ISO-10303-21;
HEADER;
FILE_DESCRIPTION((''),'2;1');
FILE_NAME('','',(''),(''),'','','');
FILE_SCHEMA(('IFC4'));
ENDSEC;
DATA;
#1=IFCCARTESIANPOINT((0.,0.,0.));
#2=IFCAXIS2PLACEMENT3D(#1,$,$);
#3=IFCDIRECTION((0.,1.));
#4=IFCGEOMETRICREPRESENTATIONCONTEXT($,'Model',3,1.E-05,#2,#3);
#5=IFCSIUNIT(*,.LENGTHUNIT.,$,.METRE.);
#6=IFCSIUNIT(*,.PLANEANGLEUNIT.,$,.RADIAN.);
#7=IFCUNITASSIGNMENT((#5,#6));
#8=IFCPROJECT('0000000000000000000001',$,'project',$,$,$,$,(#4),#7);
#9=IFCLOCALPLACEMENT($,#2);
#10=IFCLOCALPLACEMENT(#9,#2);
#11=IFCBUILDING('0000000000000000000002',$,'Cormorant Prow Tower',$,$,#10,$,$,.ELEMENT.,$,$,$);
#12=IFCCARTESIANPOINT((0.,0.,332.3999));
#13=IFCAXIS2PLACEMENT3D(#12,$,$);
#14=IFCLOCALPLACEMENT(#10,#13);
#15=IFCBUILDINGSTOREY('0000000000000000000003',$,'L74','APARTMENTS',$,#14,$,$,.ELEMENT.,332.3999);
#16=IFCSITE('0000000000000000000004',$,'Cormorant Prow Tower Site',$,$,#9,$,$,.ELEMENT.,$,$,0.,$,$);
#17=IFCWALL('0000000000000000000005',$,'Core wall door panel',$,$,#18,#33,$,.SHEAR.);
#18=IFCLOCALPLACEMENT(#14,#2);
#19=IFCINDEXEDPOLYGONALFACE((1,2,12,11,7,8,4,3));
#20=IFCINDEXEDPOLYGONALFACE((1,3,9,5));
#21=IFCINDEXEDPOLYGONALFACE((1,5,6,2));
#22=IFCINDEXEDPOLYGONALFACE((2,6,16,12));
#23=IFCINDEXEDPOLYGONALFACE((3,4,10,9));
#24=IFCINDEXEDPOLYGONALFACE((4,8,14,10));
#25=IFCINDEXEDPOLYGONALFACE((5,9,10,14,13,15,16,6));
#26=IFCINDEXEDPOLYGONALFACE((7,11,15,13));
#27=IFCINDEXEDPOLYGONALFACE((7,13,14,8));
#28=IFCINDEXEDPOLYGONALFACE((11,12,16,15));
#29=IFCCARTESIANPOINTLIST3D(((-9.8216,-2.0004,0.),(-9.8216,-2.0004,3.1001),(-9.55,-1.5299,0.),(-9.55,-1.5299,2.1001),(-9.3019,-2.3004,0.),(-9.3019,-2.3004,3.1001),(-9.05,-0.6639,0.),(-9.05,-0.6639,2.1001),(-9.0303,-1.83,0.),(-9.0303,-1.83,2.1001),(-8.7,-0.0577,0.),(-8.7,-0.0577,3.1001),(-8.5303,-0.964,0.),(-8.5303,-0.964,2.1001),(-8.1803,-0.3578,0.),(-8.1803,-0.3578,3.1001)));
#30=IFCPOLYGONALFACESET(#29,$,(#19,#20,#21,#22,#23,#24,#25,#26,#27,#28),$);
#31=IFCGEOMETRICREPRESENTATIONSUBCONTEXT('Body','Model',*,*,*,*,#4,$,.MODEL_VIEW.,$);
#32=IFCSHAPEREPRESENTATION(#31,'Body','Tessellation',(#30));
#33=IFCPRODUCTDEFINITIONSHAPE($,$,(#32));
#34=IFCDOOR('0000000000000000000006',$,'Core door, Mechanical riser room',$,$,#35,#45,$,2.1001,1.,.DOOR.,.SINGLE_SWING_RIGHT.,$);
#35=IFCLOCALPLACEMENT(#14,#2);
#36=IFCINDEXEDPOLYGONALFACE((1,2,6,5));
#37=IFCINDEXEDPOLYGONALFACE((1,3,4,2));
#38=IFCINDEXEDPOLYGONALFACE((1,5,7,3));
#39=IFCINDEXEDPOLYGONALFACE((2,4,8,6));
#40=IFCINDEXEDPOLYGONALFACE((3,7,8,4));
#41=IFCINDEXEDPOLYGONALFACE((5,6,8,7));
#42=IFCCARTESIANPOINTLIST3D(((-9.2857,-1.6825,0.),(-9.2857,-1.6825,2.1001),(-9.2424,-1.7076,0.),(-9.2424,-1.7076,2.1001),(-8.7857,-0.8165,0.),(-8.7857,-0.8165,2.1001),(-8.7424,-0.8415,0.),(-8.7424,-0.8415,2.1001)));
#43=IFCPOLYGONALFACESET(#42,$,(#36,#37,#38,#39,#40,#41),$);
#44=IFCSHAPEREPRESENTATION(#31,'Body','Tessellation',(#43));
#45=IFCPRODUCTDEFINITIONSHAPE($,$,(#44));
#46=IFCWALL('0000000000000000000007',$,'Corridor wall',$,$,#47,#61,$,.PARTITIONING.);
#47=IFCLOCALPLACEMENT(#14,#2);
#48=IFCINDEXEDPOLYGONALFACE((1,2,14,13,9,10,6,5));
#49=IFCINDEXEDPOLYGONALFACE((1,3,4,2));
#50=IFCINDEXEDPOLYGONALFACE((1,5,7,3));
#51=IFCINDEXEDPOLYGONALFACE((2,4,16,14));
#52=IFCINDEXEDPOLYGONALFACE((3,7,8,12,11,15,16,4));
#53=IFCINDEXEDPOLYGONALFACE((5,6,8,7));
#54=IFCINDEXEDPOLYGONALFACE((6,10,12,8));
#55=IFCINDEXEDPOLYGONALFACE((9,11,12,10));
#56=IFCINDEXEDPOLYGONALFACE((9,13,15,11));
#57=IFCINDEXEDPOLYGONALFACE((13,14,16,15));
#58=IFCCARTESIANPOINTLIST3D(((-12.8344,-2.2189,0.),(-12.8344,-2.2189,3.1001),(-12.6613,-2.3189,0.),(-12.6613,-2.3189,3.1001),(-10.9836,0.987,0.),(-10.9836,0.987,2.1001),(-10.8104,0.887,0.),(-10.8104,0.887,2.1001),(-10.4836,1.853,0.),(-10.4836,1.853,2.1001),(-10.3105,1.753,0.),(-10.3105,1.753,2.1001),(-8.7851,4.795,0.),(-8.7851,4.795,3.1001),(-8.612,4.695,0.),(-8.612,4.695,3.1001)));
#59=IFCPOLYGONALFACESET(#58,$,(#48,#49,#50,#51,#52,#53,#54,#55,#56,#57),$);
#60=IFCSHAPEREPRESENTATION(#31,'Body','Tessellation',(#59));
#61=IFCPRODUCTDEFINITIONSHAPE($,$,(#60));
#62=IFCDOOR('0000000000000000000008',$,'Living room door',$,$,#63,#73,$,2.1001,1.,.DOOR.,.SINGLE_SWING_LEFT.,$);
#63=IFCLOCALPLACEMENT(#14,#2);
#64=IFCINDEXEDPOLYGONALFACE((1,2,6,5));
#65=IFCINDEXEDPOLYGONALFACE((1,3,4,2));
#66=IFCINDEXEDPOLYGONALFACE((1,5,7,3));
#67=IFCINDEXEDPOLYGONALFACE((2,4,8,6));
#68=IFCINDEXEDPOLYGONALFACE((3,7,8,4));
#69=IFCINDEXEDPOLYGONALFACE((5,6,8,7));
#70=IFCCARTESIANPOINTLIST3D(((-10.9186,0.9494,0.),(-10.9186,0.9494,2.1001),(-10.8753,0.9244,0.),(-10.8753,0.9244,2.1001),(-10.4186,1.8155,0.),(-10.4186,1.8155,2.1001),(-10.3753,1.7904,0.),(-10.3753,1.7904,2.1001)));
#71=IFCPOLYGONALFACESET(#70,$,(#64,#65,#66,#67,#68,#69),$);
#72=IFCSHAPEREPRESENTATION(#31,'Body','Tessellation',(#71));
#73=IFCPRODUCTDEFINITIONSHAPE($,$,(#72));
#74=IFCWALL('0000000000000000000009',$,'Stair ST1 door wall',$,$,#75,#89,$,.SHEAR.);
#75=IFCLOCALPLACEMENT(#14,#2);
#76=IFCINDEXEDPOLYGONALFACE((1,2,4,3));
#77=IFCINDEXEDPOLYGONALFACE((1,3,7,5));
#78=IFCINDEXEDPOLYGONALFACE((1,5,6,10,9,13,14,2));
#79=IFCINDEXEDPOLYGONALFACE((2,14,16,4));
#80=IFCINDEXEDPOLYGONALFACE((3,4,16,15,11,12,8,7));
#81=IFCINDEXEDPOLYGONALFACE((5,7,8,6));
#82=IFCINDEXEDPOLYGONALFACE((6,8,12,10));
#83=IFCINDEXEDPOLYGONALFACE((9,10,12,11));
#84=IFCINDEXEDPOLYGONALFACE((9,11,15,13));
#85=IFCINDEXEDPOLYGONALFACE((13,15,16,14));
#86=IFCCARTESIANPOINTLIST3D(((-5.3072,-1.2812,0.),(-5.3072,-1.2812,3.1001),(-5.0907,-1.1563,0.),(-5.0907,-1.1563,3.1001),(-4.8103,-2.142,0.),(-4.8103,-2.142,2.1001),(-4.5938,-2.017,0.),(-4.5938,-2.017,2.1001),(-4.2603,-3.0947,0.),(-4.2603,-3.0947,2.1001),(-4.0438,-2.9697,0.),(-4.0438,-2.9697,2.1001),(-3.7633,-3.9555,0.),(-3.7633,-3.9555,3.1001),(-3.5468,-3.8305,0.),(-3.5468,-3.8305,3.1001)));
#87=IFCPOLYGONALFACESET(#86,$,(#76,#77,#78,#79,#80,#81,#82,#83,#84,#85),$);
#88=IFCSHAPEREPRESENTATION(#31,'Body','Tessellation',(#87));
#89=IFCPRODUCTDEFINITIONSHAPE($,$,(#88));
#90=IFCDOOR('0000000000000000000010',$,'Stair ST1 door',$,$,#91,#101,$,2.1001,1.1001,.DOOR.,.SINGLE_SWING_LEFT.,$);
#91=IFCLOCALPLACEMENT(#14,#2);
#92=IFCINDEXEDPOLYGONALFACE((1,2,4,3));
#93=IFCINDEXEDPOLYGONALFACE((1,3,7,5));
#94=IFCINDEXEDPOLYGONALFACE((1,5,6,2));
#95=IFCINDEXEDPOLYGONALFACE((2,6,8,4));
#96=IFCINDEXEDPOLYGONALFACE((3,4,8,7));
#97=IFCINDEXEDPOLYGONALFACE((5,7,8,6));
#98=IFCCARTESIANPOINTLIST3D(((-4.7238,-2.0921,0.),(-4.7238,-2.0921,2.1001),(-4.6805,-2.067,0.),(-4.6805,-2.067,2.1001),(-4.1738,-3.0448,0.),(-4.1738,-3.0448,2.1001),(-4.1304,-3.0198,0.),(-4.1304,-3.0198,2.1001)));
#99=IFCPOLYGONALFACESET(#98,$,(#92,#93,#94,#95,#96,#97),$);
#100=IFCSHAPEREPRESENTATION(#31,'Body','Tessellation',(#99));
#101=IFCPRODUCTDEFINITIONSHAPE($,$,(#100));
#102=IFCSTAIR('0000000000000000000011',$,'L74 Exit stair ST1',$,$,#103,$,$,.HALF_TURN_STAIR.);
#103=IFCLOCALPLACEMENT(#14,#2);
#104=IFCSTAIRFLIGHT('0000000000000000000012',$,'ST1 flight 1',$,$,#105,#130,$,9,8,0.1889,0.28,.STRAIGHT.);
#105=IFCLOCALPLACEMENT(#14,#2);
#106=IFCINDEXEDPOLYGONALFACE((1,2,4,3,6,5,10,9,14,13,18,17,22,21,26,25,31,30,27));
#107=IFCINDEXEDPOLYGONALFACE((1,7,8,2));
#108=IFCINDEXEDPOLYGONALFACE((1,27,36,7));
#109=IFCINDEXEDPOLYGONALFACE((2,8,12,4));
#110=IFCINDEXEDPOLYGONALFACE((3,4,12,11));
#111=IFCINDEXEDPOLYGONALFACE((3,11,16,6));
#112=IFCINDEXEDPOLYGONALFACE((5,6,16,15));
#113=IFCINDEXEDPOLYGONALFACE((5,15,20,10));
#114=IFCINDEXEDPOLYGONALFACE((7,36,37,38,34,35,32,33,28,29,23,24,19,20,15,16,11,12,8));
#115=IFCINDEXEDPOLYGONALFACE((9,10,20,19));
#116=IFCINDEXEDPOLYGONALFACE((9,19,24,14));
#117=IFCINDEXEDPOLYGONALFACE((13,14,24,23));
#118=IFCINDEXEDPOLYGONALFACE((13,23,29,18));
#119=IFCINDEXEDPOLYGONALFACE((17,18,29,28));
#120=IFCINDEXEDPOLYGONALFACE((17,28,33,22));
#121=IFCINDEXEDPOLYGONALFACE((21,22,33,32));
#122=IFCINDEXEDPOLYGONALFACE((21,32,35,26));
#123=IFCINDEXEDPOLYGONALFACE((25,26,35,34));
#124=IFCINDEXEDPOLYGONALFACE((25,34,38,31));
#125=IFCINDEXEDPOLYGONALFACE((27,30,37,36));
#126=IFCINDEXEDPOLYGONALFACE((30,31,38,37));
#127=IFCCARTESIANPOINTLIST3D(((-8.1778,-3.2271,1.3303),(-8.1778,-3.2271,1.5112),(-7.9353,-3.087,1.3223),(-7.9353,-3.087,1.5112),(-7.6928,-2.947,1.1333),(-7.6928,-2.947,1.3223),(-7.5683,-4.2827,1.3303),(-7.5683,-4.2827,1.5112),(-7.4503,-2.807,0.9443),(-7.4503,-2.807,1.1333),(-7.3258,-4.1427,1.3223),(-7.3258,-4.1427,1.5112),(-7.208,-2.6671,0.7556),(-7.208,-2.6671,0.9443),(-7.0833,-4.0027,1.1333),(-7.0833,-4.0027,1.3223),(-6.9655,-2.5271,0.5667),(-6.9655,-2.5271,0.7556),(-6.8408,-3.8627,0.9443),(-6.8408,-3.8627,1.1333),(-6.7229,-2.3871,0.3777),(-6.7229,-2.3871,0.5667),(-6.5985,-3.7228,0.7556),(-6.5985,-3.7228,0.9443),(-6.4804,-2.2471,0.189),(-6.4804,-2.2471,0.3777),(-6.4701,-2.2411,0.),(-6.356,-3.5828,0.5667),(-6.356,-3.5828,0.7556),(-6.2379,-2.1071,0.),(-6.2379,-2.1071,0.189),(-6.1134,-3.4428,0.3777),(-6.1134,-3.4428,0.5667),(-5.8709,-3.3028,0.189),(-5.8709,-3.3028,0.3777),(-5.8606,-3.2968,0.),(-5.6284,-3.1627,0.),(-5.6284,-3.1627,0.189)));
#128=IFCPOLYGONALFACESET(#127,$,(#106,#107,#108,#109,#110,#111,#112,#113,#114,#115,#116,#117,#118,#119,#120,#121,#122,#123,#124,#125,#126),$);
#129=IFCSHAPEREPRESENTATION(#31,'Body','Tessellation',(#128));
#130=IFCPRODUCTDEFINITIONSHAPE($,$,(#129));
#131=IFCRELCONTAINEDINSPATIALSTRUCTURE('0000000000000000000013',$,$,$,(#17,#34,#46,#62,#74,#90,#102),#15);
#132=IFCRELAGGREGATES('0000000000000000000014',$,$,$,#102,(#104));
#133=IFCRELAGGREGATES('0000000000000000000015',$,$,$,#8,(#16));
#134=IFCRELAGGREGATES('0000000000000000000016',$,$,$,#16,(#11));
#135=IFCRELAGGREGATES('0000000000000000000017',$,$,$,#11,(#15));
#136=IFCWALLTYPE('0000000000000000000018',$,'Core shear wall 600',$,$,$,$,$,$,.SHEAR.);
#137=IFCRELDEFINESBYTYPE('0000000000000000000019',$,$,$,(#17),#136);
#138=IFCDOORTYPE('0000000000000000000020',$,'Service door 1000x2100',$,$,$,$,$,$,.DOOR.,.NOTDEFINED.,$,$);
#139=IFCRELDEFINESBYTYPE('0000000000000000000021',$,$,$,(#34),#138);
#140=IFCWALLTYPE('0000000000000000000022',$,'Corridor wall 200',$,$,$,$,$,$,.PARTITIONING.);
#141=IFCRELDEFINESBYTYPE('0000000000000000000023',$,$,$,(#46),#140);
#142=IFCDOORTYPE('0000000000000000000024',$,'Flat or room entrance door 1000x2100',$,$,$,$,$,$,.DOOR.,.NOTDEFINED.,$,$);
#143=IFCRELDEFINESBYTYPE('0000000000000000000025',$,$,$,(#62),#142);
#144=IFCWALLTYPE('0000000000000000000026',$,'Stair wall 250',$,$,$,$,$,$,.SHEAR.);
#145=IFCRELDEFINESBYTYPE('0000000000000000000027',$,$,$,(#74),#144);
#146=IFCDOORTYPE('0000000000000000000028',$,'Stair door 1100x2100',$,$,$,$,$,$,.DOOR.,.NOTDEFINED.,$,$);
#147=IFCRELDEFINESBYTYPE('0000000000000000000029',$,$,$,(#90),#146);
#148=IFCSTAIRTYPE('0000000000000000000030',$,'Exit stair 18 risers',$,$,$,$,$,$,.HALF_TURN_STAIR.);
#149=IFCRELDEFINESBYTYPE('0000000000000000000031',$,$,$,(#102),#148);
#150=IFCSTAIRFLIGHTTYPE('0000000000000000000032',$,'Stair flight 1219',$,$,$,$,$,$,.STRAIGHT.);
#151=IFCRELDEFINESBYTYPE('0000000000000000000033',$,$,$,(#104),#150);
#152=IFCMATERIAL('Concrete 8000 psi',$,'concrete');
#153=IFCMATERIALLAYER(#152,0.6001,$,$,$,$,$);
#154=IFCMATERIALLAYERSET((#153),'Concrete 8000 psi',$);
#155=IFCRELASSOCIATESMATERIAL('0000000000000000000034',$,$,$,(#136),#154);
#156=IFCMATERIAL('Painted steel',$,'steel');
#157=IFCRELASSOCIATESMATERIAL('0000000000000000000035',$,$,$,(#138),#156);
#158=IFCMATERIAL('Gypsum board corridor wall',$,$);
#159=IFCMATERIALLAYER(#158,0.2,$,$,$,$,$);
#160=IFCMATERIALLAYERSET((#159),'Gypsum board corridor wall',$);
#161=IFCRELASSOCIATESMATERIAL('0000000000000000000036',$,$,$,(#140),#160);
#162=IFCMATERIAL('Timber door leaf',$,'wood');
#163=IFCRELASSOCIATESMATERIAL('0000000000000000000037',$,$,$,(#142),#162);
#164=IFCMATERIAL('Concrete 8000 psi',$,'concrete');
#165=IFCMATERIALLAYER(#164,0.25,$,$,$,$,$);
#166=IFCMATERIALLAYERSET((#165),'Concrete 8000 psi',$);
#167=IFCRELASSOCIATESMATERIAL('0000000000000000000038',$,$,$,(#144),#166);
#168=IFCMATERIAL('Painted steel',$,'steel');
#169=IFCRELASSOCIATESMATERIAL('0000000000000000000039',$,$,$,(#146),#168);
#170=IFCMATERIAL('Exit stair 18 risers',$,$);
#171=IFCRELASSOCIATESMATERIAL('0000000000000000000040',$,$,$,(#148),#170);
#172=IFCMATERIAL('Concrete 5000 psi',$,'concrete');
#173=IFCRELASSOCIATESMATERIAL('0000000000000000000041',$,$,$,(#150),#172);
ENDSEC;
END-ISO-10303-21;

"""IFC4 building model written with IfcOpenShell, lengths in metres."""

from ifc_helpers import new_model, si_unit, direction, frame, frame_2d, origin, place, context, subcontext, project, spatial, polyline, rectangle, outline, extrude, material, layer, layer_set, type_object, element, fill, aggregate, save


model = new_model("IFC4")

# Units and contexts
model_context = context("Model", 3, precision=1e-05, world=origin(), true_north=direction((0.0, 1.0)))
body_context = subcontext(model_context, "Body", "Model", "MODEL_VIEW")
ifc_project = project(units=[si_unit("LENGTHUNIT", "METRE"), si_unit("PLANEANGLEUNIT", "RADIAN")], contexts=[model_context])

# Site, building, storey
site_placement = place(None, origin())
site = spatial("IfcSite", under=ifc_project, at=site_placement, Name="Cormorant Prow Tower Site", CompositionType="ELEMENT", RefElevation=0.0)
building_placement = place(site_placement, origin())
building = spatial("IfcBuilding", under=site, at=building_placement, Name="Cormorant Prow Tower", CompositionType="ELEMENT")
storey_placement = place(building_placement, frame((0.0, 0.0, 332.3999)))
storey = spatial("IfcBuildingStorey", under=building, at=storey_placement, Name="L74", Description="APARTMENTS", CompositionType="ELEMENT", Elevation=332.3999)

# Shared definitions
ifc_material_1 = material(Name="Concrete 8000 psi", Category="concrete")
ifc_layer_1 = layer(ifc_material_1, 0.6001)
ifc_layer_set_1 = layer_set([ifc_layer_1], Name="Concrete 8000 psi")
wall_type_1 = type_object("IfcWallType", Name="Core shear wall 600", PredefinedType="SHEAR", material=ifc_layer_set_1)

# Walls, openings, doors
wall_1_placement = place(storey_placement, frame((-8.4402, -0.2078, 0.0), z_axis=(0.0, 0.0, 1.0), x_axis=(-0.500002, -0.866024, 0.0)))
wall_1 = element("IfcWall", 1, at=wall_1_placement, inside=storey, type_object=wall_type_1, Name="Core wall door panel", PredefinedType="SHEAR", context=body_context, shape_type="SweptSolid", body=[
    extrude(rectangle(XDim=2.2432, YDim=0.6001, at=frame_2d((1.1216, 0.0))), origin(), (0.0, 0.0, 1.0), 3.1001),
])
opening_1_placement = place(wall_1_placement, frame((0.7, 0.0, 0.0)))
opening_1 = element("IfcOpeningElement", 2, at=opening_1_placement, cuts=wall_1, PredefinedType="OPENING", context=body_context, shape_type="SweptSolid", body=[
    extrude(rectangle(XDim=1.0, YDim=2.1001, at=frame_2d((0.5, 1.05))), frame((0.0, 0.3101, 0.0), z_axis=(0.0, -1.0, 0.0), x_axis=(1.0, 0.0, 0.0)), (0.0, 0.0, 1.0), 0.6201),
])
ifc_material_2 = material(Name="Painted steel", Category="steel")
door_type_1 = type_object("IfcDoorType", Name="Service door 1000x2100", OperationType="NOTDEFINED", PredefinedType="DOOR", material=ifc_material_2)
door_1_placement = place(opening_1_placement, origin())
door_1 = element("IfcDoor", 3, at=door_1_placement, inside=storey, type_object=door_type_1, Name="Core door, Mechanical riser room", OperationType="SINGLE_SWING_RIGHT", OverallHeight=2.1001, OverallWidth=1.0, PredefinedType="DOOR", context=body_context, shape_type="SweptSolid", body=[
    extrude(rectangle(XDim=1.0, YDim=2.1001, at=frame_2d((0.5, 1.05))), frame((0.0, 0.0552, 0.0), z_axis=(0.0, -1.0, 0.0), x_axis=(1.0, 0.0, 0.0)), (0.0, 0.0, 1.0), 0.05),
])
fill(opening_1, door_1)
ifc_material_3 = material(Name="Gypsum board corridor wall")
ifc_layer_2 = layer(ifc_material_3, 0.2)
ifc_layer_set_2 = layer_set([ifc_layer_2], Name="Gypsum board corridor wall")
wall_type_2 = type_object("IfcWallType", Name="Corridor wall 200", PredefinedType="PARTITIONING", material=ifc_layer_set_2)
wall_2_placement = place(storey_placement, frame((-12.7478, -2.2688, 0.0), z_axis=(0.0, 0.0, 1.0), x_axis=(0.499984, 0.866034, 0.0)))
wall_2 = element("IfcWall", 4, at=wall_2_placement, inside=storey, type_object=wall_type_2, Name="Corridor wall", PredefinedType="PARTITIONING", context=body_context, shape_type="SweptSolid", body=[
    extrude(rectangle(XDim=8.0989, YDim=0.2, at=frame_2d((4.0493, 0.0))), origin(), (0.0, 0.0, 1.0), 3.1001),
])
opening_2_placement = place(wall_2_placement, frame((3.7017, 0.0, 0.0)))
opening_2 = element("IfcOpeningElement", 5, at=opening_2_placement, cuts=wall_2, PredefinedType="OPENING", context=body_context, shape_type="SweptSolid", body=[
    extrude(rectangle(XDim=1.0, YDim=2.1001, at=frame_2d((0.5, 1.05))), frame((0.0, 0.1099, 0.0), z_axis=(0.0, -1.0, 0.0), x_axis=(1.0, 0.0, 0.0)), (0.0, 0.0, 1.0), 0.22),
])
ifc_material_4 = material(Name="Timber door leaf", Category="wood")
door_type_2 = type_object("IfcDoorType", Name="Flat or room entrance door 1000x2100", OperationType="NOTDEFINED", PredefinedType="DOOR", material=ifc_material_4)
door_2_placement = place(opening_2_placement, origin())
door_2 = element("IfcDoor", 6, at=door_2_placement, inside=storey, type_object=door_type_2, Name="Living room door", OperationType="SINGLE_SWING_LEFT", OverallHeight=2.1001, OverallWidth=1.0, PredefinedType="DOOR", context=body_context, shape_type="SweptSolid", body=[
    extrude(rectangle(XDim=1.0, YDim=2.1001, at=frame_2d((0.5, 1.05))), frame((0.0, 0.0249, 0.0), z_axis=(0.0, -1.0, 0.0), x_axis=(1.0, 0.0, 0.0)), (0.0, 0.0, 1.0), 0.05),
])
fill(opening_2, door_2)
ifc_material_5 = material(Name="Concrete 8000 psi", Category="concrete")
ifc_layer_3 = layer(ifc_material_5, 0.25)
ifc_layer_set_3 = layer_set([ifc_layer_3], Name="Concrete 8000 psi")
wall_type_3 = type_object("IfcWallType", Name="Stair wall 250", PredefinedType="SHEAR", material=ifc_layer_set_3)
wall_3_placement = place(storey_placement, frame((-5.199, -1.2188, 0.0), z_axis=(0.0, 0.0, 1.0), x_axis=(0.499983, -0.866035, 0.0)))
wall_3 = element("IfcWall", 7, at=wall_3_placement, inside=storey, type_object=wall_type_3, Name="Stair ST1 door wall", PredefinedType="SHEAR", context=body_context, shape_type="SweptSolid", body=[
    extrude(rectangle(XDim=3.0879, YDim=0.25, at=frame_2d((1.5439, 0.0))), origin(), (0.0, 0.0, 1.0), 3.1001),
])
opening_3_placement = place(wall_3_placement, frame((0.9939, 0.0, 0.0)))
opening_3 = element("IfcOpeningElement", 8, at=opening_3_placement, cuts=wall_3, PredefinedType="OPENING", context=body_context, shape_type="SweptSolid", body=[
    extrude(rectangle(XDim=1.1001, YDim=2.1001, at=frame_2d((0.55, 1.05))), frame((0.0, 0.135, 0.0), z_axis=(0.0, -1.0, 0.0), x_axis=(1.0, 0.0, 0.0)), (0.0, 0.0, 1.0), 0.27),
])
ifc_material_6 = material(Name="Painted steel", Category="steel")
door_type_3 = type_object("IfcDoorType", Name="Stair door 1100x2100", OperationType="NOTDEFINED", PredefinedType="DOOR", material=ifc_material_6)
door_3_placement = place(opening_3_placement, origin())
door_3 = element("IfcDoor", 9, at=door_3_placement, inside=storey, type_object=door_type_3, Name="Stair ST1 door", OperationType="SINGLE_SWING_LEFT", OverallHeight=2.1001, OverallWidth=1.1001, PredefinedType="DOOR", context=body_context, shape_type="SweptSolid", body=[
    extrude(rectangle(XDim=1.1001, YDim=2.1001, at=frame_2d((0.55, 1.05))), frame((0.0, 0.0249, 0.0), z_axis=(0.0, -1.0, 0.0), x_axis=(1.0, 0.0, 0.0)), (0.0, 0.0, 1.0), 0.05),
])
fill(opening_3, door_3)

# Stair, stair flight
ifc_material_7 = material(Name="Exit stair 18 risers")
stair_type = type_object("IfcStairType", Name="Exit stair 18 risers", PredefinedType="HALF_TURN_STAIR", material=ifc_material_7)
stair_placement = place(storey_placement, origin())
stair = element("IfcStair", 10, at=stair_placement, inside=storey, type_object=stair_type, Name="L74 Exit stair ST1", PredefinedType="HALF_TURN_STAIR")
ifc_material_8 = material(Name="Concrete 5000 psi", Category="concrete")
stair_flight_type = type_object("IfcStairFlightType", Name="Stair flight 1219", PredefinedType="STRAIGHT", material=ifc_material_8)
stair_flight_placement = place(storey_placement, frame((-5.9331, -2.635, 0.0), z_axis=(0.0, 0.0, 1.0), x_axis=(-0.866025, -0.5, 0.0)))
stair_flight = element("IfcStairFlight", 11, at=stair_flight_placement, type_object=stair_flight_type, Name="ST1 flight 1", NumberOfRisers=9, NumberOfTreads=8, PredefinedType="STRAIGHT", RiserHeight=0.1889, TreadLength=0.28, context=body_context, shape_type="SweptSolid", body=[
    extrude(outline(polyline([(0.0, 0.0), (0.0, 0.189), (0.28, 0.189), (0.28, 0.3777), (0.5601, 0.3777), (0.5601, 0.5667), (0.8401, 0.5667), (0.8401, 0.7556), (1.1201, 0.7556), (1.1201, 0.9443), (1.3999, 0.9443), (1.3999, 1.1333), (1.6799, 1.1333), (1.6799, 1.3223), (1.96, 1.3223), (1.96, 1.5112), (2.24, 1.5112), (2.24, 1.7), (2.24, 1.3303), (0.2681, 0.0), (0.0, 0.0)])), frame((0.0, 0.6094, 0.0), z_axis=(0.0, -1.0, 0.0), x_axis=(1.0, 0.0, 0.0)), (0.0, 0.0, 1.0), 1.219),
])
aggregate(stair, [stair_flight])

save(model, "model.ifc")
